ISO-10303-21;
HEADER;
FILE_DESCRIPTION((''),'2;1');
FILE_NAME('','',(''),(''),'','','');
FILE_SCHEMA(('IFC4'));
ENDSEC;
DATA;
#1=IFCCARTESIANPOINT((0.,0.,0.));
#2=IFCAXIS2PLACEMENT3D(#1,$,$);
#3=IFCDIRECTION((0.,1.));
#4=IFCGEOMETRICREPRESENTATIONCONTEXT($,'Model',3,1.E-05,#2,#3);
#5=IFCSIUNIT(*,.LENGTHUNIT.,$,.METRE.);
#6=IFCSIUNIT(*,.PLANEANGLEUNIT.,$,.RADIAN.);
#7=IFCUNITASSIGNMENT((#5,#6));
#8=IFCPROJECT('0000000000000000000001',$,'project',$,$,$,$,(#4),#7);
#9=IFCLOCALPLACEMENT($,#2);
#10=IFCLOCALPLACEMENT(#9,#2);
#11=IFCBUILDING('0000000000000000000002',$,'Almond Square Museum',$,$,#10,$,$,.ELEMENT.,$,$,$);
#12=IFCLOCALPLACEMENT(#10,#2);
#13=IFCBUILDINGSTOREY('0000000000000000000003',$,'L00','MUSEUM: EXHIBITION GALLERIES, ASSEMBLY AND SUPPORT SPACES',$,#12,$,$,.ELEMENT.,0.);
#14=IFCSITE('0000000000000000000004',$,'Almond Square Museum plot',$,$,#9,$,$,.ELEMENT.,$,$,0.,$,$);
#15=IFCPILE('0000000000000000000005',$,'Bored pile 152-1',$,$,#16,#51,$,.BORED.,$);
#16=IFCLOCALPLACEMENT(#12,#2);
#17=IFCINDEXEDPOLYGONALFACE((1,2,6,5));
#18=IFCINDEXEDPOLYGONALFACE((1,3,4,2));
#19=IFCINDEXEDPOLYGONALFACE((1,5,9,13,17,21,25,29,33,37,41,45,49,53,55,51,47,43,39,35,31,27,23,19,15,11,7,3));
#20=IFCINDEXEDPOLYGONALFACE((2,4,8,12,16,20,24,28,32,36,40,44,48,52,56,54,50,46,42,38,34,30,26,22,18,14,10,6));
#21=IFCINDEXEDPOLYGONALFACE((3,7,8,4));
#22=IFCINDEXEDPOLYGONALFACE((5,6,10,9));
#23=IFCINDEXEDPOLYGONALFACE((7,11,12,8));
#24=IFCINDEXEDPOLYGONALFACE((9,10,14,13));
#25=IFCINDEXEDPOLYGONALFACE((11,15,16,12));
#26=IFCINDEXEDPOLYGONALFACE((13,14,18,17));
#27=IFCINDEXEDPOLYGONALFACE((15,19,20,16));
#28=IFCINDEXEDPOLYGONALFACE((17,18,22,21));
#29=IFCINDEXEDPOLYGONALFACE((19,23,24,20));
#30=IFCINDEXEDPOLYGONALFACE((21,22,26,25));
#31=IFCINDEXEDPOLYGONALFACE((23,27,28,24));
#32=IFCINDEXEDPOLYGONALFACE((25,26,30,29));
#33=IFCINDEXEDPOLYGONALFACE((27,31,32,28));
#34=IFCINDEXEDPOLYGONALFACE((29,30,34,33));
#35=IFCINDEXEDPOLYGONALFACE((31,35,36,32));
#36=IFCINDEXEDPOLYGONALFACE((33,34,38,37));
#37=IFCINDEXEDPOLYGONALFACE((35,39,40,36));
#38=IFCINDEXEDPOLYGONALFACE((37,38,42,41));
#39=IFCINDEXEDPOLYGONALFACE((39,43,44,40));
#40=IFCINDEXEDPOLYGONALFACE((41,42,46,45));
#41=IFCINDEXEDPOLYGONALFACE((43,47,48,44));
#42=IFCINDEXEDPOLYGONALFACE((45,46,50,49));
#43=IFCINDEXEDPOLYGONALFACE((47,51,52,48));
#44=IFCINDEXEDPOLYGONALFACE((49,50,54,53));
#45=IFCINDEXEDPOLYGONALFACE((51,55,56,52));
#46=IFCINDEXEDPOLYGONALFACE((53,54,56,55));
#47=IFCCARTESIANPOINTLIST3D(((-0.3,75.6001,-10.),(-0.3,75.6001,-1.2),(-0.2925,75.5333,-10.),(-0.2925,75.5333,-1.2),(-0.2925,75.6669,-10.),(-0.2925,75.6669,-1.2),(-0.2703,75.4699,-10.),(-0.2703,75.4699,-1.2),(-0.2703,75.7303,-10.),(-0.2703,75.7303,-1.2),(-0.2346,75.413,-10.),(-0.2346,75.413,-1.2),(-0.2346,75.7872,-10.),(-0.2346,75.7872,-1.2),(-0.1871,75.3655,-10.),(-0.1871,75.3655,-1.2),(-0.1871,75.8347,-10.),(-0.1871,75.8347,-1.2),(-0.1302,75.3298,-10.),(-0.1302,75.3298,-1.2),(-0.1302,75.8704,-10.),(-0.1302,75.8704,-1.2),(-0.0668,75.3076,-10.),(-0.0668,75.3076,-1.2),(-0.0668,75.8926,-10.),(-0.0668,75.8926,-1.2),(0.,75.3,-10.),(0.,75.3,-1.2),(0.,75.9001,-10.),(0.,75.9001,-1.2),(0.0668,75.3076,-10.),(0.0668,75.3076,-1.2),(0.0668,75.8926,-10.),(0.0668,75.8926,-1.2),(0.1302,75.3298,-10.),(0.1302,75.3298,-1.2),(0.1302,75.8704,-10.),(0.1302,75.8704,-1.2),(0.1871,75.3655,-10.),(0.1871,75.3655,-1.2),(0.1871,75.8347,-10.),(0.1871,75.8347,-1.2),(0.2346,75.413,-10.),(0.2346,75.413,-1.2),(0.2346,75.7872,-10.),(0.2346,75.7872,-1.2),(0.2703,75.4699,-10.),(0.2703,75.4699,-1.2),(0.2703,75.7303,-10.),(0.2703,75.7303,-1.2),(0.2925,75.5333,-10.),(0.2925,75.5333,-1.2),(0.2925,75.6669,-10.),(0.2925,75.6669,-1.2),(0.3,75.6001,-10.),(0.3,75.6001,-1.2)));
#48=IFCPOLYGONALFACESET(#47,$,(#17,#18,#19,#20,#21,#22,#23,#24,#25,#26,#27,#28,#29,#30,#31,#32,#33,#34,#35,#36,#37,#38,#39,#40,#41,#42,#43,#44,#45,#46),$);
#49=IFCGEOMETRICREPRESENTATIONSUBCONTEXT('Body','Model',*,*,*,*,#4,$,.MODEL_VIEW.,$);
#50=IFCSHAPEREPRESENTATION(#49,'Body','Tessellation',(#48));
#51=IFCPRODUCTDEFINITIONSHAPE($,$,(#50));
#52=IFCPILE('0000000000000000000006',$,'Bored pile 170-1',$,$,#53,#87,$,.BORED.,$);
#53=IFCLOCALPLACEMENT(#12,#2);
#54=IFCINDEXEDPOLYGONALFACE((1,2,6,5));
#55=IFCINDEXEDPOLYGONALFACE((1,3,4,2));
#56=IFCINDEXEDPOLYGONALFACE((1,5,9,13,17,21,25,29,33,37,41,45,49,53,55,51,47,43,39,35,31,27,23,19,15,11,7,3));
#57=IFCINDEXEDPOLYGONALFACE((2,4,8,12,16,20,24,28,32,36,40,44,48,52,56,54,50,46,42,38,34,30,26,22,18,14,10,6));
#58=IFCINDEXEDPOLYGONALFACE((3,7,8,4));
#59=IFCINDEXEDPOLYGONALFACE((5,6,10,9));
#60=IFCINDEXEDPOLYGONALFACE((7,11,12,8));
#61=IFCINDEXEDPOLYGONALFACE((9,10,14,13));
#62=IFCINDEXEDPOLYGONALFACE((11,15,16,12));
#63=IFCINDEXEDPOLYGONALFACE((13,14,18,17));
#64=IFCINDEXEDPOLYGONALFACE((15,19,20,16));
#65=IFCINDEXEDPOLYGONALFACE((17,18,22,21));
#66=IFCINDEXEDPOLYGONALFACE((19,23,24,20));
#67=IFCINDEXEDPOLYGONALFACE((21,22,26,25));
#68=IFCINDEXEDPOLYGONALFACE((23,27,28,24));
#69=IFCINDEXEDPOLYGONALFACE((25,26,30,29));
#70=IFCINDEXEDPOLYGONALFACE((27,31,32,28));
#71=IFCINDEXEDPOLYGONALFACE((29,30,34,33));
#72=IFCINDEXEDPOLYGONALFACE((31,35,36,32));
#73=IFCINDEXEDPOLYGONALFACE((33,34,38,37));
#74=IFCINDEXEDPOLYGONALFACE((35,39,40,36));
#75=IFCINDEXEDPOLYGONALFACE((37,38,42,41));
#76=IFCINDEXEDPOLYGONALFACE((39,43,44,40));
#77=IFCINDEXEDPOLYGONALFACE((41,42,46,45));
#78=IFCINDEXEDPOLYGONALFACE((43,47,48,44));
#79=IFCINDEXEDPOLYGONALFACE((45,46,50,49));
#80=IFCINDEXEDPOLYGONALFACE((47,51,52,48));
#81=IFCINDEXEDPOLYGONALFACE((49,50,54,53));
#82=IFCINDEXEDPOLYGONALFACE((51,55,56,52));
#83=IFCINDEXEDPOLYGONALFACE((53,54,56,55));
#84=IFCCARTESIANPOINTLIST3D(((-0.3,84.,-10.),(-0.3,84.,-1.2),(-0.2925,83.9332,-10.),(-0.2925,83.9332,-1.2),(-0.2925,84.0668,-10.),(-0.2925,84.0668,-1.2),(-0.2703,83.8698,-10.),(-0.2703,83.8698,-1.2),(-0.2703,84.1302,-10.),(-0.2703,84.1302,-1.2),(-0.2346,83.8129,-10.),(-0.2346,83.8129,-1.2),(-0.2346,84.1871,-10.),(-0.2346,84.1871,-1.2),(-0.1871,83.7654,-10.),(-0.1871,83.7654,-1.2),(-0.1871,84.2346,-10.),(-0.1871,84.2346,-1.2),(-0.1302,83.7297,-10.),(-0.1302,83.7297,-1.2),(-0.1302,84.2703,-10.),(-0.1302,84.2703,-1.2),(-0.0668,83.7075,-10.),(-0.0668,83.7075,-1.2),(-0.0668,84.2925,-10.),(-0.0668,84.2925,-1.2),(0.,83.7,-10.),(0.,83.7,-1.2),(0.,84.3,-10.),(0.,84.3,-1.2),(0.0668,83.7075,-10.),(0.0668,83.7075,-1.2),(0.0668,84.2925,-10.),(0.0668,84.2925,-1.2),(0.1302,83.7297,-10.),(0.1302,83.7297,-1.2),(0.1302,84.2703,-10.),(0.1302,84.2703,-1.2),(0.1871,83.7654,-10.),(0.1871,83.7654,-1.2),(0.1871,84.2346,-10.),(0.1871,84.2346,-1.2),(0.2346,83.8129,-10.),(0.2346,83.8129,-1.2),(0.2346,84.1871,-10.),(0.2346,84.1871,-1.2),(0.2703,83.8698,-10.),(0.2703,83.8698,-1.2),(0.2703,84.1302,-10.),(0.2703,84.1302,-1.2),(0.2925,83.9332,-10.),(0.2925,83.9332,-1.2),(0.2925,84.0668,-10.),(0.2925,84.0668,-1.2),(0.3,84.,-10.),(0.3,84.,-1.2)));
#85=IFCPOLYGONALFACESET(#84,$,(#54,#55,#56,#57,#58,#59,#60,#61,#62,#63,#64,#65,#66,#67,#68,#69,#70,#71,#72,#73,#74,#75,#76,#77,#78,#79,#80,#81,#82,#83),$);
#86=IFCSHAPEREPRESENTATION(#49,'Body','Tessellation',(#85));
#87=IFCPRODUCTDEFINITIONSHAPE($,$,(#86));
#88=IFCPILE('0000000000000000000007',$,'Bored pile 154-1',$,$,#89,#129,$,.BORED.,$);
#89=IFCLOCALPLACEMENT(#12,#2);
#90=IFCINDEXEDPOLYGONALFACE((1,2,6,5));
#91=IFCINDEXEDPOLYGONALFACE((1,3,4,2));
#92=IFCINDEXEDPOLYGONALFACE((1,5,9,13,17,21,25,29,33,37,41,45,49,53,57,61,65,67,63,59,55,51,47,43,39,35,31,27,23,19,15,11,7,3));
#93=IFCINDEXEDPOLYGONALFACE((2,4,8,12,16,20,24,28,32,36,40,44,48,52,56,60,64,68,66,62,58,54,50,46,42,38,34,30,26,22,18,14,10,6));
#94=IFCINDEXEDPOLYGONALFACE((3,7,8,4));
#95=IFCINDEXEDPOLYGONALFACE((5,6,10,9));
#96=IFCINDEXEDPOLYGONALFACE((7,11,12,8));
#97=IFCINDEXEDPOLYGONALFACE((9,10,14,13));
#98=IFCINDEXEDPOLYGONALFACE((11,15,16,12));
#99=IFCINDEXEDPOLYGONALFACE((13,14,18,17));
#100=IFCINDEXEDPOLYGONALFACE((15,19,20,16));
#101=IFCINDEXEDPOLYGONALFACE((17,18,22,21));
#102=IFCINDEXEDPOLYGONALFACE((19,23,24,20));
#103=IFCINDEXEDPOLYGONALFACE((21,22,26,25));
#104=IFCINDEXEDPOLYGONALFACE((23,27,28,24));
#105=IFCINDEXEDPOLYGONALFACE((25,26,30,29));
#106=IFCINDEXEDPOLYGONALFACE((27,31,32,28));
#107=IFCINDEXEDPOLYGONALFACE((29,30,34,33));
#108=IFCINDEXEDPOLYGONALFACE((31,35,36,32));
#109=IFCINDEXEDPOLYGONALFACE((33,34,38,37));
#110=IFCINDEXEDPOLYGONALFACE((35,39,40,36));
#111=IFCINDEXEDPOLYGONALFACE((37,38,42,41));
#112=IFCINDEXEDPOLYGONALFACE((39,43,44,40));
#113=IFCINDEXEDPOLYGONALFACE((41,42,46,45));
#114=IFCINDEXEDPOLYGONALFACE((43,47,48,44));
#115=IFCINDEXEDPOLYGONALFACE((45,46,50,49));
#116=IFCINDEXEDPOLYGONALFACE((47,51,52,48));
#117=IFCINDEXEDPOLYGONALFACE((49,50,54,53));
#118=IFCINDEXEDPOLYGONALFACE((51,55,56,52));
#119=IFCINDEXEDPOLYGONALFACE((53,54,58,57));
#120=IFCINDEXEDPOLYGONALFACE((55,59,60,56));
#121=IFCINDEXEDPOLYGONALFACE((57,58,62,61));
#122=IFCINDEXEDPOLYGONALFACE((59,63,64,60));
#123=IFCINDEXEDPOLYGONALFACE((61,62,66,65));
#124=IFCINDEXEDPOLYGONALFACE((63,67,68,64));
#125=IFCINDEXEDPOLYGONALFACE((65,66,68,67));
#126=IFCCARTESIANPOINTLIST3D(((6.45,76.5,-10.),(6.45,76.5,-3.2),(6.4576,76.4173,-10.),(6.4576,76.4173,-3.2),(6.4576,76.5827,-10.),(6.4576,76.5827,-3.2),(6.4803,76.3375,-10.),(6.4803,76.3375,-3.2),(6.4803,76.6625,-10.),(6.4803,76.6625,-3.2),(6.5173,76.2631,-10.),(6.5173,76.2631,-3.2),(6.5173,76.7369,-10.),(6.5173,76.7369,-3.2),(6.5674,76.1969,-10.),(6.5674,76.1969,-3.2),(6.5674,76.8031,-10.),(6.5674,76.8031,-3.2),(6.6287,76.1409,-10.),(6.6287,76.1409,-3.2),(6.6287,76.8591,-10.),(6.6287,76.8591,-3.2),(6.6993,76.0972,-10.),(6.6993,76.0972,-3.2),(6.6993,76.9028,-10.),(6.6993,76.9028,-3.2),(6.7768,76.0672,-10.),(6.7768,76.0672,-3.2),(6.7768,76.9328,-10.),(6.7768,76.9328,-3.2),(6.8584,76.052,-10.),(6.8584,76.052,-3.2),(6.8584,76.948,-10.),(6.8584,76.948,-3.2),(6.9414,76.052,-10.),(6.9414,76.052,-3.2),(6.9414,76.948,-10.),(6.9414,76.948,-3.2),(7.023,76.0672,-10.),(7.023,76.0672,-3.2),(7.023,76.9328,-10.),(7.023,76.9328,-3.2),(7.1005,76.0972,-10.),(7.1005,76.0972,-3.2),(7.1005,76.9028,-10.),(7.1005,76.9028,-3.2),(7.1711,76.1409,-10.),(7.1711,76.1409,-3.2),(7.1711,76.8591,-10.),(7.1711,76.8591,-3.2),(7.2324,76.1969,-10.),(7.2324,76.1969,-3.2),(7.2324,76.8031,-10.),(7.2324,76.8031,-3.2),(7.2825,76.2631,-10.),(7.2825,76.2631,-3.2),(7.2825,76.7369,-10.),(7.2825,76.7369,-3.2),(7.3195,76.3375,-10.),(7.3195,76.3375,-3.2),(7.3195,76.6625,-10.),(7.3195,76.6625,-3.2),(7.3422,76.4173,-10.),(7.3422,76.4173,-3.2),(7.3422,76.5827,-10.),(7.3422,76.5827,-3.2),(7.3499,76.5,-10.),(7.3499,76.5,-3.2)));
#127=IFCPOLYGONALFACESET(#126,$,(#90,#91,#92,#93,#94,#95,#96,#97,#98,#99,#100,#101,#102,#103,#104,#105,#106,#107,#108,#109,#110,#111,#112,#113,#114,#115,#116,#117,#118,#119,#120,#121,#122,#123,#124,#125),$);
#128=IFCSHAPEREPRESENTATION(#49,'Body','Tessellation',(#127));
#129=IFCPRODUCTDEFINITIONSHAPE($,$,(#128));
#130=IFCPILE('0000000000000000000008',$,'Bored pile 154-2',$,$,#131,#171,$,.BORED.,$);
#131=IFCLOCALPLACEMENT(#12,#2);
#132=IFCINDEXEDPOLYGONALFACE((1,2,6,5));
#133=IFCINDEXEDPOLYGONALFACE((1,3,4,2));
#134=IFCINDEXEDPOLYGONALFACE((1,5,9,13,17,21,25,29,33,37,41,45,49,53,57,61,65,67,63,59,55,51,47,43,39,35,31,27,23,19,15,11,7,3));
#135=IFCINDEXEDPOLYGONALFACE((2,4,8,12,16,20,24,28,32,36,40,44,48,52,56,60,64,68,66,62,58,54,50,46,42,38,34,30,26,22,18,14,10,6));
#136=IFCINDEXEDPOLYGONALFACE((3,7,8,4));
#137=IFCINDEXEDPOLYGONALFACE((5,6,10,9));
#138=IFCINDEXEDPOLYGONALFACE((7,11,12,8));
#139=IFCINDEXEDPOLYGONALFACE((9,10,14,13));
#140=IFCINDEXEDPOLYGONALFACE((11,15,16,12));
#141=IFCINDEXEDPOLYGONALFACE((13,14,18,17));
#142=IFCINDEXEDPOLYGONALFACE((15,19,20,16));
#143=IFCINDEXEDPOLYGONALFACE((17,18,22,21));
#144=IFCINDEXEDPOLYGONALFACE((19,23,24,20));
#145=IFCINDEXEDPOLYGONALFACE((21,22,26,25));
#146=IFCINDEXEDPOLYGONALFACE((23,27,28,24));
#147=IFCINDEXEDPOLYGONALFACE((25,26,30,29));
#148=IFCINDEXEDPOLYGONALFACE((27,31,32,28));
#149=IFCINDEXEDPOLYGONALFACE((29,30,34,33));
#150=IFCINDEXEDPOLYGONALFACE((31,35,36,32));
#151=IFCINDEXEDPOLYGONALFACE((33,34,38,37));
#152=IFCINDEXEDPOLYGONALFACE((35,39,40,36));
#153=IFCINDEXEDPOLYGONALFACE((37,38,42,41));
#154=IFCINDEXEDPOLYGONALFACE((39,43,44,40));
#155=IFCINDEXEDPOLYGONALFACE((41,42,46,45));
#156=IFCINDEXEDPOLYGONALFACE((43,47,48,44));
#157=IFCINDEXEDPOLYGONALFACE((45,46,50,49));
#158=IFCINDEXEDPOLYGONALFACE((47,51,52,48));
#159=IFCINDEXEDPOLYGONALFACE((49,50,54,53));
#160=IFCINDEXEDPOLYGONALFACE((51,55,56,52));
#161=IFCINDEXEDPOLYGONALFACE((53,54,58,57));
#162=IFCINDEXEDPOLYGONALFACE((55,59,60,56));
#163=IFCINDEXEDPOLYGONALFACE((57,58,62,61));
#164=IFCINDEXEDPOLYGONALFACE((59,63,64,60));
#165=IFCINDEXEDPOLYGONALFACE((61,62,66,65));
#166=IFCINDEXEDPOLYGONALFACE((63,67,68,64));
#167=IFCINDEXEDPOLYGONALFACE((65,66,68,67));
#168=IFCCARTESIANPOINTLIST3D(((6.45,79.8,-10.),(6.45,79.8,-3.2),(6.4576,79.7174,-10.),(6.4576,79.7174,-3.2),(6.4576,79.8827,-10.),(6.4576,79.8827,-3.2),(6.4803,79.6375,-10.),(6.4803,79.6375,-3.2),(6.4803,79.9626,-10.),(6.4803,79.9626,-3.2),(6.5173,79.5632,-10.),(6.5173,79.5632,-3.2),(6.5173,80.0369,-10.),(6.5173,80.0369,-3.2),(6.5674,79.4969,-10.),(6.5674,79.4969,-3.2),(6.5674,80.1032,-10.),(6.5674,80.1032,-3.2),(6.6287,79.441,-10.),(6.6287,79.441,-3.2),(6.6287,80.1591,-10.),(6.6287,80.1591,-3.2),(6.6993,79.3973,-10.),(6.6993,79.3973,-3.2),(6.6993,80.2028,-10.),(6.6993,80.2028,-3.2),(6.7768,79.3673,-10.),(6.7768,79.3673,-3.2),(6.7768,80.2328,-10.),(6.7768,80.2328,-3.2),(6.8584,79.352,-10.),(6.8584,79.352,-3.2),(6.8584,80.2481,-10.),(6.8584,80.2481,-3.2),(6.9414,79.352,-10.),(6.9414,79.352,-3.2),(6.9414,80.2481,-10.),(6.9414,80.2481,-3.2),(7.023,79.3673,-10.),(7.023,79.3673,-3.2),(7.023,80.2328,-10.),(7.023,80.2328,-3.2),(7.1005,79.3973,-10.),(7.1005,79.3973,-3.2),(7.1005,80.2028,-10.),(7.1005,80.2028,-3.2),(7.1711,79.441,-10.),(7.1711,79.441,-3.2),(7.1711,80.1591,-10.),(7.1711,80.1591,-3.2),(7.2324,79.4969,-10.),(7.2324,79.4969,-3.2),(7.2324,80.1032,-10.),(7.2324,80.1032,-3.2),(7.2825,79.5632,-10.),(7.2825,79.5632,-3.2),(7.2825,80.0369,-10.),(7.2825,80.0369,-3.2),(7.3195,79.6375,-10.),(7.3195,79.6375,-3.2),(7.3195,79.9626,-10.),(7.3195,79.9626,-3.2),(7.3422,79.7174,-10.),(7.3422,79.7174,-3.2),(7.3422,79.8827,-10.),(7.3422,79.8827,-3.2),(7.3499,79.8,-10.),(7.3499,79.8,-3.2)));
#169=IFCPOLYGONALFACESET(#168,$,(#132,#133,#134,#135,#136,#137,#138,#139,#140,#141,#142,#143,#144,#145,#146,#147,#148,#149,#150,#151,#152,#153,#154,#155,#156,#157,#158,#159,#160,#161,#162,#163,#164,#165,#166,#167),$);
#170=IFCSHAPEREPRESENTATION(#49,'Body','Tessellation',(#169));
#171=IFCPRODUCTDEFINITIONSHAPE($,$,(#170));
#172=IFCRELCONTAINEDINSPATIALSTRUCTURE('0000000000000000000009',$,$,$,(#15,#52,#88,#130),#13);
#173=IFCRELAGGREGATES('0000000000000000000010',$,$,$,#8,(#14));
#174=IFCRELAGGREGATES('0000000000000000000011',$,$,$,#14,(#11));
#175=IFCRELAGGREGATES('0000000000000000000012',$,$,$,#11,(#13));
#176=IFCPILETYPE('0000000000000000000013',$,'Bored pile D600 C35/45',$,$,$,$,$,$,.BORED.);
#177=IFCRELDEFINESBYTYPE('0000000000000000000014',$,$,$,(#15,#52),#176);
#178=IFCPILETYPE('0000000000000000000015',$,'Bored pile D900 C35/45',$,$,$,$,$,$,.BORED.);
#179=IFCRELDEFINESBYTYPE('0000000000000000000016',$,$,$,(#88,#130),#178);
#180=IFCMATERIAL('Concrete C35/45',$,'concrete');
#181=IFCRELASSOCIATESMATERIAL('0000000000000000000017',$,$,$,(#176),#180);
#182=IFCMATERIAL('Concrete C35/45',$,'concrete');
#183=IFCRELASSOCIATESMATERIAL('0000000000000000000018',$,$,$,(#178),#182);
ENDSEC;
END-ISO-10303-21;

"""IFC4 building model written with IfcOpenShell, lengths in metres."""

from ifc_helpers import new_model, si_unit, direction, frame, origin, origin_2d, place, context, subcontext, project, spatial, circle, extrude, material, material_profile, profile_set, type_object, element, save


model = new_model("IFC4")

# Units and contexts
model_context = context("Model", 3, precision=1e-05, world=origin(), true_north=direction((0.0, 1.0)))
body_context = subcontext(model_context, "Body", "Model", "MODEL_VIEW")
ifc_project = project(units=[si_unit("LENGTHUNIT", "METRE"), si_unit("PLANEANGLEUNIT", "RADIAN")], contexts=[model_context])

# Site, building, storey
site_placement = place(None, origin())
site = spatial("IfcSite", under=ifc_project, at=site_placement, Name="Almond Square Museum plot", CompositionType="ELEMENT", RefElevation=0.0)
building_placement = place(site_placement, origin())
building = spatial("IfcBuilding", under=site, at=building_placement, Name="Almond Square Museum", CompositionType="ELEMENT")
storey_placement = place(building_placement, origin())
storey = spatial("IfcBuildingStorey", under=building, at=storey_placement, Name="L00", Description="MUSEUM: EXHIBITION GALLERIES, ASSEMBLY AND SUPPORT SPACES", CompositionType="ELEMENT", Elevation=0.0)

# Piles
ifc_material_1 = material(Name="Concrete C35/45", Category="concrete")
ifc_material_profile_1 = material_profile(ifc_material_1, circle(Radius=0.3, at=origin_2d()))
ifc_profile_set_1 = profile_set([ifc_material_profile_1], Name="Concrete C35/45")
pile_type_1 = type_object("IfcPileType", Name="Bored pile D600 C35/45", PredefinedType="BORED", material=ifc_profile_set_1)
for number, where, z_axis, x_axis, name in (
    (1, (0.0, 75.6001, -1.2), (0.0, 0.0, -1.0), (1.0, 0.0, 0.0), "Bored pile 152-1"),
    (2, (0.0, 84.0, -1.2), (0.0, 0.0, -1.0), (1.0, 0.0, 0.0), "Bored pile 170-1"),
):
    element("IfcPile", number, at=place(storey_placement, frame(where, z_axis=z_axis, x_axis=x_axis)), inside=storey, type_object=pile_type_1, Name=name, PredefinedType="BORED", context=body_context, shape_type="SweptSolid", body=[
        extrude(circle(Radius=0.3, at=origin_2d()), origin(), (0.0, 0.0, 1.0), 8.8),
    ])
ifc_material_2 = material(Name="Concrete C35/45", Category="concrete")
ifc_material_profile_2 = material_profile(ifc_material_2, circle(Radius=0.45, at=origin_2d()))
ifc_profile_set_2 = profile_set([ifc_material_profile_2], Name="Concrete C35/45")
pile_type_2 = type_object("IfcPileType", Name="Bored pile D900 C35/45", PredefinedType="BORED", material=ifc_profile_set_2)
for number, where, z_axis, x_axis, name in (
    (3, (6.8999, 76.5, -3.2), (0.0, 0.0, -1.0), (1.0, 0.0, 0.0), "Bored pile 154-1"),
    (4, (6.8999, 79.8, -3.2), (0.0, 0.0, -1.0), (1.0, 0.0, 0.0), "Bored pile 154-2"),
):
    element("IfcPile", number, at=place(storey_placement, frame(where, z_axis=z_axis, x_axis=x_axis)), inside=storey, type_object=pile_type_2, Name=name, PredefinedType="BORED", context=body_context, shape_type="SweptSolid", body=[
        extrude(circle(Radius=0.45, at=origin_2d()), origin(), (0.0, 0.0, 1.0), 6.8),
    ])

save(model, "model.ifc")
